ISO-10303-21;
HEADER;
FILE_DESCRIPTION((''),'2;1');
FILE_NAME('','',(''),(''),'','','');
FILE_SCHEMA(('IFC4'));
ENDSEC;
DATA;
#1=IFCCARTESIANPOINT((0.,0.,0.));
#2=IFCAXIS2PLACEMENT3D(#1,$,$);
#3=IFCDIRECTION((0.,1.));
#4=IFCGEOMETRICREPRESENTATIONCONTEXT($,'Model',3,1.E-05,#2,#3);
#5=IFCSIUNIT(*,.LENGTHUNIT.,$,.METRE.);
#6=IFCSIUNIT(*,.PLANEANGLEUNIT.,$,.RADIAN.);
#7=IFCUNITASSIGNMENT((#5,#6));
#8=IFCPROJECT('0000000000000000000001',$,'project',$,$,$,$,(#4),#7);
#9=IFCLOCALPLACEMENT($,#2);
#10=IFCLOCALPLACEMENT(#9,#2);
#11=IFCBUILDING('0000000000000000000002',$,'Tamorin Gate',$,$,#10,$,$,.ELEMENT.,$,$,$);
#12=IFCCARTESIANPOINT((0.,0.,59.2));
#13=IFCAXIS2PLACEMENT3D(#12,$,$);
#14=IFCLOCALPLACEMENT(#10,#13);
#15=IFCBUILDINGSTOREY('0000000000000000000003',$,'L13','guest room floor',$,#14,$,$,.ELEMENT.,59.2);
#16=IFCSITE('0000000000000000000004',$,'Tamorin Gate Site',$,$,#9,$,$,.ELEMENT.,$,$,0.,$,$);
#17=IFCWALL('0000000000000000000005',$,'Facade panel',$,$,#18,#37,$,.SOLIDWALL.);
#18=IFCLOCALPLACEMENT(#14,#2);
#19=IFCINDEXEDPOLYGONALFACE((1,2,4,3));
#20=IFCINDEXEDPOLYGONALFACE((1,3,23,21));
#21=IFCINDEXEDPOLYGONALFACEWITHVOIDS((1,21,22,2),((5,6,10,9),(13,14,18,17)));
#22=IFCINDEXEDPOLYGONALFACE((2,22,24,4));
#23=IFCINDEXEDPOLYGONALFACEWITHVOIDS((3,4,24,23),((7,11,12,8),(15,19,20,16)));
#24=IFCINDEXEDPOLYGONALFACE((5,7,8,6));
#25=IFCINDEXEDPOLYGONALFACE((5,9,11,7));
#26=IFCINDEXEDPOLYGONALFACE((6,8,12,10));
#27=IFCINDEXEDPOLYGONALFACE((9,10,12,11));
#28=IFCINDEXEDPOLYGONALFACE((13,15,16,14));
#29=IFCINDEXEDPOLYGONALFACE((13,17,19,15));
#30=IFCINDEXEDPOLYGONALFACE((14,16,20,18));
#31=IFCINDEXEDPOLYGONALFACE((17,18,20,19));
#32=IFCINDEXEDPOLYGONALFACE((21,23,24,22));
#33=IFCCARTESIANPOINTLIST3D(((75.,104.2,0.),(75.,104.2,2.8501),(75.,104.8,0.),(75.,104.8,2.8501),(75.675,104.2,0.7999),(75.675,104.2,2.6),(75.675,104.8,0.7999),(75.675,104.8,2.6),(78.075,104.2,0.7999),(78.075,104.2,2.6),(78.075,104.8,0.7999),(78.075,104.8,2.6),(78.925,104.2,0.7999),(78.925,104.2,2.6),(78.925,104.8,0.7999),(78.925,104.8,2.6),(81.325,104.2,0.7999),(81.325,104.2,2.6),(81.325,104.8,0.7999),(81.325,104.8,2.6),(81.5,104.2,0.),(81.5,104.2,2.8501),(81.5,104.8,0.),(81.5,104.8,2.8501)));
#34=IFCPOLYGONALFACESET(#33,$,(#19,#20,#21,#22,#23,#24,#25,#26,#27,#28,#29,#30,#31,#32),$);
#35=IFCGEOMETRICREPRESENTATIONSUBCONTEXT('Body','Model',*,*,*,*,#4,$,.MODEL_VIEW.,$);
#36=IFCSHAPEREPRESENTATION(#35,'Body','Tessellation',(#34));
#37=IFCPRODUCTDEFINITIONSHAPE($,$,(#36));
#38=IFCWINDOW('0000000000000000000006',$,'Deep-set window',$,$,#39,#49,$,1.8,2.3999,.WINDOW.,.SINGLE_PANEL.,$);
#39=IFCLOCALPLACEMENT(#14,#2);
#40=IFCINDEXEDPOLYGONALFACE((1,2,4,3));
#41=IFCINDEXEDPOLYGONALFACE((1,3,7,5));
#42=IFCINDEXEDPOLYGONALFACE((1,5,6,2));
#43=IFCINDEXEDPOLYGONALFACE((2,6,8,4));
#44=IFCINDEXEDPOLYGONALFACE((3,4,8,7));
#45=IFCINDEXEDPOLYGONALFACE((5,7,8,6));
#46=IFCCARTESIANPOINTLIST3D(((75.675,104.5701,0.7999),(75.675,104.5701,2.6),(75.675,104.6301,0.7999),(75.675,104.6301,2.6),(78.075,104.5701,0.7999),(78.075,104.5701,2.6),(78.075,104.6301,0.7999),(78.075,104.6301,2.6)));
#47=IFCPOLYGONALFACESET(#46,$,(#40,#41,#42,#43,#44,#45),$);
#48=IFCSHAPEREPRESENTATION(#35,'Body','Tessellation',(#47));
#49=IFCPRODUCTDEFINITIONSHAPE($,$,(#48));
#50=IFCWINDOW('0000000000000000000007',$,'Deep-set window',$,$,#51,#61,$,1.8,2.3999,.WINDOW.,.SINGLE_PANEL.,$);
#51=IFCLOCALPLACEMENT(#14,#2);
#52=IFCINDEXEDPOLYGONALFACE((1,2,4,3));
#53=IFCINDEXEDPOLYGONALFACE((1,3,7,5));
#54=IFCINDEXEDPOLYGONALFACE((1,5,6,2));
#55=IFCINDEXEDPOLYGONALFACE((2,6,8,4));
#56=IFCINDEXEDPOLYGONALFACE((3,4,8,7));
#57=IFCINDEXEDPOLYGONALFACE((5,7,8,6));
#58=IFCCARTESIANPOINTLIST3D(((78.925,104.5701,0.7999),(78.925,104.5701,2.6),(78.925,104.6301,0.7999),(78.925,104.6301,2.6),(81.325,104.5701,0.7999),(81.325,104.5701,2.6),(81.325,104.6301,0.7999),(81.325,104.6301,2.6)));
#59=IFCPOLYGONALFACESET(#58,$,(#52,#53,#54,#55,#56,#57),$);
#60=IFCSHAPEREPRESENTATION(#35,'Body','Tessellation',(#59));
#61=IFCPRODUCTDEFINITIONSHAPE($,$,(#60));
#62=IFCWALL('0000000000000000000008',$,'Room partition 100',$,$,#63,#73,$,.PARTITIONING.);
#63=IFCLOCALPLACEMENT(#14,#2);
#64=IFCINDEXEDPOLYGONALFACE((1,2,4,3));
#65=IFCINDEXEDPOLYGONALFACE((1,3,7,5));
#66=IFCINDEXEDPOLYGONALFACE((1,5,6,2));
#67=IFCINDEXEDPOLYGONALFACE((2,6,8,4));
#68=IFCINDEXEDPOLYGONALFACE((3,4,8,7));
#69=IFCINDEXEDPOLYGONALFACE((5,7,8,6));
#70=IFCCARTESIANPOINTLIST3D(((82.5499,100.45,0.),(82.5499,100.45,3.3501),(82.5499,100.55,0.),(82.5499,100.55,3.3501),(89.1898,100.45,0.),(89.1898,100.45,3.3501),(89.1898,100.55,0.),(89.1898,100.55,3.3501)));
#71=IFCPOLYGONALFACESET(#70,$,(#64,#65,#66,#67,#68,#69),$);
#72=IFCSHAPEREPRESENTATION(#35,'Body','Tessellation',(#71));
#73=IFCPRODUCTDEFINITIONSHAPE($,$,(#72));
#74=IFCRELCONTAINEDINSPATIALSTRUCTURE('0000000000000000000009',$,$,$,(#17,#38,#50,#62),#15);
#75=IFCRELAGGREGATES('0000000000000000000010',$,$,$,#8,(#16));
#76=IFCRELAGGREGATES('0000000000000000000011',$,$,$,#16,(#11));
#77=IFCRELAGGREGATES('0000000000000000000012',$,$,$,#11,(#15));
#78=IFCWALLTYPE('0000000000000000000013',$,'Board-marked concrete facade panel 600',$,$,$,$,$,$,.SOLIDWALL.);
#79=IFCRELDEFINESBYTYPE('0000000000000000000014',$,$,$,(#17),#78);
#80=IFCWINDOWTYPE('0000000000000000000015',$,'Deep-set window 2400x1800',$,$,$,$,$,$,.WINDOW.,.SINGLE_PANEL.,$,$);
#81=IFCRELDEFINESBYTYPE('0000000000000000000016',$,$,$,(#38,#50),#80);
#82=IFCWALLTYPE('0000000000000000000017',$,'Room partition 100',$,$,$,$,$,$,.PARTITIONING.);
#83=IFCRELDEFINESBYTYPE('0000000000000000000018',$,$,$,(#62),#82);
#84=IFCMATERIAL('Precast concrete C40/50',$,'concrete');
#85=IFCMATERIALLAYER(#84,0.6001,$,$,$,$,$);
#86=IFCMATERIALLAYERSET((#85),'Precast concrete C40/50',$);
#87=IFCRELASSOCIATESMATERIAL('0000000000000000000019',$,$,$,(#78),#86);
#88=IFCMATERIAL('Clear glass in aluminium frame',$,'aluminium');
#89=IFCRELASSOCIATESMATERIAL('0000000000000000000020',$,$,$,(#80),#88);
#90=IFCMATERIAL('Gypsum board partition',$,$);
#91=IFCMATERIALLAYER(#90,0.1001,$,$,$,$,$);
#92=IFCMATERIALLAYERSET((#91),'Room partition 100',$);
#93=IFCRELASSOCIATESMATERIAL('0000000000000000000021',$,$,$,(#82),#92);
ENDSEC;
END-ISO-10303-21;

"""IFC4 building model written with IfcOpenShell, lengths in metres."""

from ifc_helpers import new_model, si_unit, direction, frame, frame_2d, origin, place, context, subcontext, project, spatial, rectangle, extrude, material, layer, layer_set, type_object, element, fill, save


model = new_model("IFC4")

# Units and contexts
model_context = context("Model", 3, precision=1e-05, world=origin(), true_north=direction((0.0, 1.0)))
body_context = subcontext(model_context, "Body", "Model", "MODEL_VIEW")
ifc_project = project(units=[si_unit("LENGTHUNIT", "METRE"), si_unit("PLANEANGLEUNIT", "RADIAN")], contexts=[model_context])

# Site, building, storey
site_placement = place(None, origin())
site = spatial("IfcSite", under=ifc_project, at=site_placement, Name="Tamorin Gate Site", CompositionType="ELEMENT", RefElevation=0.0)
building_placement = place(site_placement, origin())
building = spatial("IfcBuilding", under=site, at=building_placement, Name="Tamorin Gate", CompositionType="ELEMENT")
storey_placement = place(building_placement, frame((0.0, 0.0, 59.2)))
storey = spatial("IfcBuildingStorey", under=building, at=storey_placement, Name="L13", Description="guest room floor", CompositionType="ELEMENT", Elevation=59.2)

# Shared definitions
ifc_material_1 = material(Name="Precast concrete C40/50", Category="concrete")
ifc_layer_1 = layer(ifc_material_1, 0.6001)
ifc_layer_set_1 = layer_set([ifc_layer_1], Name="Precast concrete C40/50")
wall_type_1 = type_object("IfcWallType", Name="Board-marked concrete facade panel 600", PredefinedType="SOLIDWALL", material=ifc_layer_set_1)
ifc_material_2 = material(Name="Clear glass in aluminium frame", Category="aluminium")
window_type = type_object("IfcWindowType", Name="Deep-set window 2400x1800", PartitioningType="SINGLE_PANEL", PredefinedType="WINDOW", material=ifc_material_2)

# Wall, openings, windows
wall_1_placement = place(storey_placement, frame((81.5, 104.5, 0.0), z_axis=(0.0, 0.0, 1.0), x_axis=(-1.0, 0.0, 0.0)))
wall_1 = element("IfcWall", 1, at=wall_1_placement, inside=storey, type_object=wall_type_1, Name="Facade panel", PredefinedType="SOLIDWALL", context=body_context, shape_type="SweptSolid", body=[
    extrude(rectangle(XDim=6.5, YDim=0.6001, at=frame_2d((3.25, 0.0))), origin(), (0.0, 0.0, 1.0), 2.8501),
])
opening_1_placement = place(wall_1_placement, frame((3.425, 0.0, 0.8)))
opening_1 = element("IfcOpeningElement", 2, at=opening_1_placement, cuts=wall_1, PredefinedType="OPENING", context=body_context, shape_type="SweptSolid", body=[
    extrude(rectangle(XDim=2.3999, YDim=1.8, at=frame_2d((1.2, 0.8999))), frame((0.0, 0.3101, 0.0), z_axis=(0.0, -1.0, 0.0), x_axis=(1.0, 0.0, 0.0)), (0.0, 0.0, 1.0), 0.6201),
])
opening_2_placement = place(wall_1_placement, frame((0.175, 0.0, 0.8)))
opening_2 = element("IfcOpeningElement", 3, at=opening_2_placement, cuts=wall_1, PredefinedType="OPENING", context=body_context, shape_type="SweptSolid", body=[
    extrude(rectangle(XDim=2.3999, YDim=1.8, at=frame_2d((1.2, 0.8999))), frame((0.0, 0.3101, 0.0), z_axis=(0.0, -1.0, 0.0), x_axis=(1.0, 0.0, 0.0)), (0.0, 0.0, 1.0), 0.6201),
])
window_1_placement = place(opening_1_placement, origin())
window_1 = element("IfcWindow", 4, at=window_1_placement, inside=storey, type_object=window_type, Name="Deep-set window", OverallHeight=1.8, OverallWidth=2.3999, PartitioningType="SINGLE_PANEL", PredefinedType="WINDOW", context=body_context, shape_type="SweptSolid", body=[
    extrude(rectangle(XDim=2.3999, YDim=1.8, at=frame_2d((1.2, 0.8999))), frame((0.0, -0.0701, 0.0), z_axis=(0.0, -1.0, 0.0), x_axis=(1.0, 0.0, 0.0)), (0.0, 0.0, 1.0), 0.0601),
])
fill(opening_1, window_1)
window_2_placement = place(opening_2_placement, origin())
window_2 = element("IfcWindow", 5, at=window_2_placement, inside=storey, type_object=window_type, Name="Deep-set window", OverallHeight=1.8, OverallWidth=2.3999, PartitioningType="SINGLE_PANEL", PredefinedType="WINDOW", context=body_context, shape_type="SweptSolid", body=[
    extrude(rectangle(XDim=2.3999, YDim=1.8, at=frame_2d((1.2, 0.8999))), frame((0.0, -0.0701, 0.0), z_axis=(0.0, -1.0, 0.0), x_axis=(1.0, 0.0, 0.0)), (0.0, 0.0, 1.0), 0.0601),
])
fill(opening_2, window_2)

# Wall
ifc_material_3 = material(Name="Gypsum board partition")
ifc_layer_2 = layer(ifc_material_3, 0.1001)
ifc_layer_set_2 = layer_set([ifc_layer_2], Name="Room partition 100")
wall_type_2 = type_object("IfcWallType", Name="Room partition 100", PredefinedType="PARTITIONING", material=ifc_layer_set_2)
wall_2_placement = place(storey_placement, frame((82.55, 100.5, 0.0), z_axis=(0.0, 0.0, 1.0), x_axis=(1.0, 0.0, 0.0)))
element("IfcWall", 6, at=wall_2_placement, inside=storey, type_object=wall_type_2, Name="Room partition 100", PredefinedType="PARTITIONING", context=body_context, shape_type="SweptSolid", body=[
    extrude(rectangle(XDim=6.6399, YDim=0.1001, at=frame_2d((3.3198, 0.0))), origin(), (0.0, 0.0, 1.0), 3.3501),
])

save(model, "model.ifc")
